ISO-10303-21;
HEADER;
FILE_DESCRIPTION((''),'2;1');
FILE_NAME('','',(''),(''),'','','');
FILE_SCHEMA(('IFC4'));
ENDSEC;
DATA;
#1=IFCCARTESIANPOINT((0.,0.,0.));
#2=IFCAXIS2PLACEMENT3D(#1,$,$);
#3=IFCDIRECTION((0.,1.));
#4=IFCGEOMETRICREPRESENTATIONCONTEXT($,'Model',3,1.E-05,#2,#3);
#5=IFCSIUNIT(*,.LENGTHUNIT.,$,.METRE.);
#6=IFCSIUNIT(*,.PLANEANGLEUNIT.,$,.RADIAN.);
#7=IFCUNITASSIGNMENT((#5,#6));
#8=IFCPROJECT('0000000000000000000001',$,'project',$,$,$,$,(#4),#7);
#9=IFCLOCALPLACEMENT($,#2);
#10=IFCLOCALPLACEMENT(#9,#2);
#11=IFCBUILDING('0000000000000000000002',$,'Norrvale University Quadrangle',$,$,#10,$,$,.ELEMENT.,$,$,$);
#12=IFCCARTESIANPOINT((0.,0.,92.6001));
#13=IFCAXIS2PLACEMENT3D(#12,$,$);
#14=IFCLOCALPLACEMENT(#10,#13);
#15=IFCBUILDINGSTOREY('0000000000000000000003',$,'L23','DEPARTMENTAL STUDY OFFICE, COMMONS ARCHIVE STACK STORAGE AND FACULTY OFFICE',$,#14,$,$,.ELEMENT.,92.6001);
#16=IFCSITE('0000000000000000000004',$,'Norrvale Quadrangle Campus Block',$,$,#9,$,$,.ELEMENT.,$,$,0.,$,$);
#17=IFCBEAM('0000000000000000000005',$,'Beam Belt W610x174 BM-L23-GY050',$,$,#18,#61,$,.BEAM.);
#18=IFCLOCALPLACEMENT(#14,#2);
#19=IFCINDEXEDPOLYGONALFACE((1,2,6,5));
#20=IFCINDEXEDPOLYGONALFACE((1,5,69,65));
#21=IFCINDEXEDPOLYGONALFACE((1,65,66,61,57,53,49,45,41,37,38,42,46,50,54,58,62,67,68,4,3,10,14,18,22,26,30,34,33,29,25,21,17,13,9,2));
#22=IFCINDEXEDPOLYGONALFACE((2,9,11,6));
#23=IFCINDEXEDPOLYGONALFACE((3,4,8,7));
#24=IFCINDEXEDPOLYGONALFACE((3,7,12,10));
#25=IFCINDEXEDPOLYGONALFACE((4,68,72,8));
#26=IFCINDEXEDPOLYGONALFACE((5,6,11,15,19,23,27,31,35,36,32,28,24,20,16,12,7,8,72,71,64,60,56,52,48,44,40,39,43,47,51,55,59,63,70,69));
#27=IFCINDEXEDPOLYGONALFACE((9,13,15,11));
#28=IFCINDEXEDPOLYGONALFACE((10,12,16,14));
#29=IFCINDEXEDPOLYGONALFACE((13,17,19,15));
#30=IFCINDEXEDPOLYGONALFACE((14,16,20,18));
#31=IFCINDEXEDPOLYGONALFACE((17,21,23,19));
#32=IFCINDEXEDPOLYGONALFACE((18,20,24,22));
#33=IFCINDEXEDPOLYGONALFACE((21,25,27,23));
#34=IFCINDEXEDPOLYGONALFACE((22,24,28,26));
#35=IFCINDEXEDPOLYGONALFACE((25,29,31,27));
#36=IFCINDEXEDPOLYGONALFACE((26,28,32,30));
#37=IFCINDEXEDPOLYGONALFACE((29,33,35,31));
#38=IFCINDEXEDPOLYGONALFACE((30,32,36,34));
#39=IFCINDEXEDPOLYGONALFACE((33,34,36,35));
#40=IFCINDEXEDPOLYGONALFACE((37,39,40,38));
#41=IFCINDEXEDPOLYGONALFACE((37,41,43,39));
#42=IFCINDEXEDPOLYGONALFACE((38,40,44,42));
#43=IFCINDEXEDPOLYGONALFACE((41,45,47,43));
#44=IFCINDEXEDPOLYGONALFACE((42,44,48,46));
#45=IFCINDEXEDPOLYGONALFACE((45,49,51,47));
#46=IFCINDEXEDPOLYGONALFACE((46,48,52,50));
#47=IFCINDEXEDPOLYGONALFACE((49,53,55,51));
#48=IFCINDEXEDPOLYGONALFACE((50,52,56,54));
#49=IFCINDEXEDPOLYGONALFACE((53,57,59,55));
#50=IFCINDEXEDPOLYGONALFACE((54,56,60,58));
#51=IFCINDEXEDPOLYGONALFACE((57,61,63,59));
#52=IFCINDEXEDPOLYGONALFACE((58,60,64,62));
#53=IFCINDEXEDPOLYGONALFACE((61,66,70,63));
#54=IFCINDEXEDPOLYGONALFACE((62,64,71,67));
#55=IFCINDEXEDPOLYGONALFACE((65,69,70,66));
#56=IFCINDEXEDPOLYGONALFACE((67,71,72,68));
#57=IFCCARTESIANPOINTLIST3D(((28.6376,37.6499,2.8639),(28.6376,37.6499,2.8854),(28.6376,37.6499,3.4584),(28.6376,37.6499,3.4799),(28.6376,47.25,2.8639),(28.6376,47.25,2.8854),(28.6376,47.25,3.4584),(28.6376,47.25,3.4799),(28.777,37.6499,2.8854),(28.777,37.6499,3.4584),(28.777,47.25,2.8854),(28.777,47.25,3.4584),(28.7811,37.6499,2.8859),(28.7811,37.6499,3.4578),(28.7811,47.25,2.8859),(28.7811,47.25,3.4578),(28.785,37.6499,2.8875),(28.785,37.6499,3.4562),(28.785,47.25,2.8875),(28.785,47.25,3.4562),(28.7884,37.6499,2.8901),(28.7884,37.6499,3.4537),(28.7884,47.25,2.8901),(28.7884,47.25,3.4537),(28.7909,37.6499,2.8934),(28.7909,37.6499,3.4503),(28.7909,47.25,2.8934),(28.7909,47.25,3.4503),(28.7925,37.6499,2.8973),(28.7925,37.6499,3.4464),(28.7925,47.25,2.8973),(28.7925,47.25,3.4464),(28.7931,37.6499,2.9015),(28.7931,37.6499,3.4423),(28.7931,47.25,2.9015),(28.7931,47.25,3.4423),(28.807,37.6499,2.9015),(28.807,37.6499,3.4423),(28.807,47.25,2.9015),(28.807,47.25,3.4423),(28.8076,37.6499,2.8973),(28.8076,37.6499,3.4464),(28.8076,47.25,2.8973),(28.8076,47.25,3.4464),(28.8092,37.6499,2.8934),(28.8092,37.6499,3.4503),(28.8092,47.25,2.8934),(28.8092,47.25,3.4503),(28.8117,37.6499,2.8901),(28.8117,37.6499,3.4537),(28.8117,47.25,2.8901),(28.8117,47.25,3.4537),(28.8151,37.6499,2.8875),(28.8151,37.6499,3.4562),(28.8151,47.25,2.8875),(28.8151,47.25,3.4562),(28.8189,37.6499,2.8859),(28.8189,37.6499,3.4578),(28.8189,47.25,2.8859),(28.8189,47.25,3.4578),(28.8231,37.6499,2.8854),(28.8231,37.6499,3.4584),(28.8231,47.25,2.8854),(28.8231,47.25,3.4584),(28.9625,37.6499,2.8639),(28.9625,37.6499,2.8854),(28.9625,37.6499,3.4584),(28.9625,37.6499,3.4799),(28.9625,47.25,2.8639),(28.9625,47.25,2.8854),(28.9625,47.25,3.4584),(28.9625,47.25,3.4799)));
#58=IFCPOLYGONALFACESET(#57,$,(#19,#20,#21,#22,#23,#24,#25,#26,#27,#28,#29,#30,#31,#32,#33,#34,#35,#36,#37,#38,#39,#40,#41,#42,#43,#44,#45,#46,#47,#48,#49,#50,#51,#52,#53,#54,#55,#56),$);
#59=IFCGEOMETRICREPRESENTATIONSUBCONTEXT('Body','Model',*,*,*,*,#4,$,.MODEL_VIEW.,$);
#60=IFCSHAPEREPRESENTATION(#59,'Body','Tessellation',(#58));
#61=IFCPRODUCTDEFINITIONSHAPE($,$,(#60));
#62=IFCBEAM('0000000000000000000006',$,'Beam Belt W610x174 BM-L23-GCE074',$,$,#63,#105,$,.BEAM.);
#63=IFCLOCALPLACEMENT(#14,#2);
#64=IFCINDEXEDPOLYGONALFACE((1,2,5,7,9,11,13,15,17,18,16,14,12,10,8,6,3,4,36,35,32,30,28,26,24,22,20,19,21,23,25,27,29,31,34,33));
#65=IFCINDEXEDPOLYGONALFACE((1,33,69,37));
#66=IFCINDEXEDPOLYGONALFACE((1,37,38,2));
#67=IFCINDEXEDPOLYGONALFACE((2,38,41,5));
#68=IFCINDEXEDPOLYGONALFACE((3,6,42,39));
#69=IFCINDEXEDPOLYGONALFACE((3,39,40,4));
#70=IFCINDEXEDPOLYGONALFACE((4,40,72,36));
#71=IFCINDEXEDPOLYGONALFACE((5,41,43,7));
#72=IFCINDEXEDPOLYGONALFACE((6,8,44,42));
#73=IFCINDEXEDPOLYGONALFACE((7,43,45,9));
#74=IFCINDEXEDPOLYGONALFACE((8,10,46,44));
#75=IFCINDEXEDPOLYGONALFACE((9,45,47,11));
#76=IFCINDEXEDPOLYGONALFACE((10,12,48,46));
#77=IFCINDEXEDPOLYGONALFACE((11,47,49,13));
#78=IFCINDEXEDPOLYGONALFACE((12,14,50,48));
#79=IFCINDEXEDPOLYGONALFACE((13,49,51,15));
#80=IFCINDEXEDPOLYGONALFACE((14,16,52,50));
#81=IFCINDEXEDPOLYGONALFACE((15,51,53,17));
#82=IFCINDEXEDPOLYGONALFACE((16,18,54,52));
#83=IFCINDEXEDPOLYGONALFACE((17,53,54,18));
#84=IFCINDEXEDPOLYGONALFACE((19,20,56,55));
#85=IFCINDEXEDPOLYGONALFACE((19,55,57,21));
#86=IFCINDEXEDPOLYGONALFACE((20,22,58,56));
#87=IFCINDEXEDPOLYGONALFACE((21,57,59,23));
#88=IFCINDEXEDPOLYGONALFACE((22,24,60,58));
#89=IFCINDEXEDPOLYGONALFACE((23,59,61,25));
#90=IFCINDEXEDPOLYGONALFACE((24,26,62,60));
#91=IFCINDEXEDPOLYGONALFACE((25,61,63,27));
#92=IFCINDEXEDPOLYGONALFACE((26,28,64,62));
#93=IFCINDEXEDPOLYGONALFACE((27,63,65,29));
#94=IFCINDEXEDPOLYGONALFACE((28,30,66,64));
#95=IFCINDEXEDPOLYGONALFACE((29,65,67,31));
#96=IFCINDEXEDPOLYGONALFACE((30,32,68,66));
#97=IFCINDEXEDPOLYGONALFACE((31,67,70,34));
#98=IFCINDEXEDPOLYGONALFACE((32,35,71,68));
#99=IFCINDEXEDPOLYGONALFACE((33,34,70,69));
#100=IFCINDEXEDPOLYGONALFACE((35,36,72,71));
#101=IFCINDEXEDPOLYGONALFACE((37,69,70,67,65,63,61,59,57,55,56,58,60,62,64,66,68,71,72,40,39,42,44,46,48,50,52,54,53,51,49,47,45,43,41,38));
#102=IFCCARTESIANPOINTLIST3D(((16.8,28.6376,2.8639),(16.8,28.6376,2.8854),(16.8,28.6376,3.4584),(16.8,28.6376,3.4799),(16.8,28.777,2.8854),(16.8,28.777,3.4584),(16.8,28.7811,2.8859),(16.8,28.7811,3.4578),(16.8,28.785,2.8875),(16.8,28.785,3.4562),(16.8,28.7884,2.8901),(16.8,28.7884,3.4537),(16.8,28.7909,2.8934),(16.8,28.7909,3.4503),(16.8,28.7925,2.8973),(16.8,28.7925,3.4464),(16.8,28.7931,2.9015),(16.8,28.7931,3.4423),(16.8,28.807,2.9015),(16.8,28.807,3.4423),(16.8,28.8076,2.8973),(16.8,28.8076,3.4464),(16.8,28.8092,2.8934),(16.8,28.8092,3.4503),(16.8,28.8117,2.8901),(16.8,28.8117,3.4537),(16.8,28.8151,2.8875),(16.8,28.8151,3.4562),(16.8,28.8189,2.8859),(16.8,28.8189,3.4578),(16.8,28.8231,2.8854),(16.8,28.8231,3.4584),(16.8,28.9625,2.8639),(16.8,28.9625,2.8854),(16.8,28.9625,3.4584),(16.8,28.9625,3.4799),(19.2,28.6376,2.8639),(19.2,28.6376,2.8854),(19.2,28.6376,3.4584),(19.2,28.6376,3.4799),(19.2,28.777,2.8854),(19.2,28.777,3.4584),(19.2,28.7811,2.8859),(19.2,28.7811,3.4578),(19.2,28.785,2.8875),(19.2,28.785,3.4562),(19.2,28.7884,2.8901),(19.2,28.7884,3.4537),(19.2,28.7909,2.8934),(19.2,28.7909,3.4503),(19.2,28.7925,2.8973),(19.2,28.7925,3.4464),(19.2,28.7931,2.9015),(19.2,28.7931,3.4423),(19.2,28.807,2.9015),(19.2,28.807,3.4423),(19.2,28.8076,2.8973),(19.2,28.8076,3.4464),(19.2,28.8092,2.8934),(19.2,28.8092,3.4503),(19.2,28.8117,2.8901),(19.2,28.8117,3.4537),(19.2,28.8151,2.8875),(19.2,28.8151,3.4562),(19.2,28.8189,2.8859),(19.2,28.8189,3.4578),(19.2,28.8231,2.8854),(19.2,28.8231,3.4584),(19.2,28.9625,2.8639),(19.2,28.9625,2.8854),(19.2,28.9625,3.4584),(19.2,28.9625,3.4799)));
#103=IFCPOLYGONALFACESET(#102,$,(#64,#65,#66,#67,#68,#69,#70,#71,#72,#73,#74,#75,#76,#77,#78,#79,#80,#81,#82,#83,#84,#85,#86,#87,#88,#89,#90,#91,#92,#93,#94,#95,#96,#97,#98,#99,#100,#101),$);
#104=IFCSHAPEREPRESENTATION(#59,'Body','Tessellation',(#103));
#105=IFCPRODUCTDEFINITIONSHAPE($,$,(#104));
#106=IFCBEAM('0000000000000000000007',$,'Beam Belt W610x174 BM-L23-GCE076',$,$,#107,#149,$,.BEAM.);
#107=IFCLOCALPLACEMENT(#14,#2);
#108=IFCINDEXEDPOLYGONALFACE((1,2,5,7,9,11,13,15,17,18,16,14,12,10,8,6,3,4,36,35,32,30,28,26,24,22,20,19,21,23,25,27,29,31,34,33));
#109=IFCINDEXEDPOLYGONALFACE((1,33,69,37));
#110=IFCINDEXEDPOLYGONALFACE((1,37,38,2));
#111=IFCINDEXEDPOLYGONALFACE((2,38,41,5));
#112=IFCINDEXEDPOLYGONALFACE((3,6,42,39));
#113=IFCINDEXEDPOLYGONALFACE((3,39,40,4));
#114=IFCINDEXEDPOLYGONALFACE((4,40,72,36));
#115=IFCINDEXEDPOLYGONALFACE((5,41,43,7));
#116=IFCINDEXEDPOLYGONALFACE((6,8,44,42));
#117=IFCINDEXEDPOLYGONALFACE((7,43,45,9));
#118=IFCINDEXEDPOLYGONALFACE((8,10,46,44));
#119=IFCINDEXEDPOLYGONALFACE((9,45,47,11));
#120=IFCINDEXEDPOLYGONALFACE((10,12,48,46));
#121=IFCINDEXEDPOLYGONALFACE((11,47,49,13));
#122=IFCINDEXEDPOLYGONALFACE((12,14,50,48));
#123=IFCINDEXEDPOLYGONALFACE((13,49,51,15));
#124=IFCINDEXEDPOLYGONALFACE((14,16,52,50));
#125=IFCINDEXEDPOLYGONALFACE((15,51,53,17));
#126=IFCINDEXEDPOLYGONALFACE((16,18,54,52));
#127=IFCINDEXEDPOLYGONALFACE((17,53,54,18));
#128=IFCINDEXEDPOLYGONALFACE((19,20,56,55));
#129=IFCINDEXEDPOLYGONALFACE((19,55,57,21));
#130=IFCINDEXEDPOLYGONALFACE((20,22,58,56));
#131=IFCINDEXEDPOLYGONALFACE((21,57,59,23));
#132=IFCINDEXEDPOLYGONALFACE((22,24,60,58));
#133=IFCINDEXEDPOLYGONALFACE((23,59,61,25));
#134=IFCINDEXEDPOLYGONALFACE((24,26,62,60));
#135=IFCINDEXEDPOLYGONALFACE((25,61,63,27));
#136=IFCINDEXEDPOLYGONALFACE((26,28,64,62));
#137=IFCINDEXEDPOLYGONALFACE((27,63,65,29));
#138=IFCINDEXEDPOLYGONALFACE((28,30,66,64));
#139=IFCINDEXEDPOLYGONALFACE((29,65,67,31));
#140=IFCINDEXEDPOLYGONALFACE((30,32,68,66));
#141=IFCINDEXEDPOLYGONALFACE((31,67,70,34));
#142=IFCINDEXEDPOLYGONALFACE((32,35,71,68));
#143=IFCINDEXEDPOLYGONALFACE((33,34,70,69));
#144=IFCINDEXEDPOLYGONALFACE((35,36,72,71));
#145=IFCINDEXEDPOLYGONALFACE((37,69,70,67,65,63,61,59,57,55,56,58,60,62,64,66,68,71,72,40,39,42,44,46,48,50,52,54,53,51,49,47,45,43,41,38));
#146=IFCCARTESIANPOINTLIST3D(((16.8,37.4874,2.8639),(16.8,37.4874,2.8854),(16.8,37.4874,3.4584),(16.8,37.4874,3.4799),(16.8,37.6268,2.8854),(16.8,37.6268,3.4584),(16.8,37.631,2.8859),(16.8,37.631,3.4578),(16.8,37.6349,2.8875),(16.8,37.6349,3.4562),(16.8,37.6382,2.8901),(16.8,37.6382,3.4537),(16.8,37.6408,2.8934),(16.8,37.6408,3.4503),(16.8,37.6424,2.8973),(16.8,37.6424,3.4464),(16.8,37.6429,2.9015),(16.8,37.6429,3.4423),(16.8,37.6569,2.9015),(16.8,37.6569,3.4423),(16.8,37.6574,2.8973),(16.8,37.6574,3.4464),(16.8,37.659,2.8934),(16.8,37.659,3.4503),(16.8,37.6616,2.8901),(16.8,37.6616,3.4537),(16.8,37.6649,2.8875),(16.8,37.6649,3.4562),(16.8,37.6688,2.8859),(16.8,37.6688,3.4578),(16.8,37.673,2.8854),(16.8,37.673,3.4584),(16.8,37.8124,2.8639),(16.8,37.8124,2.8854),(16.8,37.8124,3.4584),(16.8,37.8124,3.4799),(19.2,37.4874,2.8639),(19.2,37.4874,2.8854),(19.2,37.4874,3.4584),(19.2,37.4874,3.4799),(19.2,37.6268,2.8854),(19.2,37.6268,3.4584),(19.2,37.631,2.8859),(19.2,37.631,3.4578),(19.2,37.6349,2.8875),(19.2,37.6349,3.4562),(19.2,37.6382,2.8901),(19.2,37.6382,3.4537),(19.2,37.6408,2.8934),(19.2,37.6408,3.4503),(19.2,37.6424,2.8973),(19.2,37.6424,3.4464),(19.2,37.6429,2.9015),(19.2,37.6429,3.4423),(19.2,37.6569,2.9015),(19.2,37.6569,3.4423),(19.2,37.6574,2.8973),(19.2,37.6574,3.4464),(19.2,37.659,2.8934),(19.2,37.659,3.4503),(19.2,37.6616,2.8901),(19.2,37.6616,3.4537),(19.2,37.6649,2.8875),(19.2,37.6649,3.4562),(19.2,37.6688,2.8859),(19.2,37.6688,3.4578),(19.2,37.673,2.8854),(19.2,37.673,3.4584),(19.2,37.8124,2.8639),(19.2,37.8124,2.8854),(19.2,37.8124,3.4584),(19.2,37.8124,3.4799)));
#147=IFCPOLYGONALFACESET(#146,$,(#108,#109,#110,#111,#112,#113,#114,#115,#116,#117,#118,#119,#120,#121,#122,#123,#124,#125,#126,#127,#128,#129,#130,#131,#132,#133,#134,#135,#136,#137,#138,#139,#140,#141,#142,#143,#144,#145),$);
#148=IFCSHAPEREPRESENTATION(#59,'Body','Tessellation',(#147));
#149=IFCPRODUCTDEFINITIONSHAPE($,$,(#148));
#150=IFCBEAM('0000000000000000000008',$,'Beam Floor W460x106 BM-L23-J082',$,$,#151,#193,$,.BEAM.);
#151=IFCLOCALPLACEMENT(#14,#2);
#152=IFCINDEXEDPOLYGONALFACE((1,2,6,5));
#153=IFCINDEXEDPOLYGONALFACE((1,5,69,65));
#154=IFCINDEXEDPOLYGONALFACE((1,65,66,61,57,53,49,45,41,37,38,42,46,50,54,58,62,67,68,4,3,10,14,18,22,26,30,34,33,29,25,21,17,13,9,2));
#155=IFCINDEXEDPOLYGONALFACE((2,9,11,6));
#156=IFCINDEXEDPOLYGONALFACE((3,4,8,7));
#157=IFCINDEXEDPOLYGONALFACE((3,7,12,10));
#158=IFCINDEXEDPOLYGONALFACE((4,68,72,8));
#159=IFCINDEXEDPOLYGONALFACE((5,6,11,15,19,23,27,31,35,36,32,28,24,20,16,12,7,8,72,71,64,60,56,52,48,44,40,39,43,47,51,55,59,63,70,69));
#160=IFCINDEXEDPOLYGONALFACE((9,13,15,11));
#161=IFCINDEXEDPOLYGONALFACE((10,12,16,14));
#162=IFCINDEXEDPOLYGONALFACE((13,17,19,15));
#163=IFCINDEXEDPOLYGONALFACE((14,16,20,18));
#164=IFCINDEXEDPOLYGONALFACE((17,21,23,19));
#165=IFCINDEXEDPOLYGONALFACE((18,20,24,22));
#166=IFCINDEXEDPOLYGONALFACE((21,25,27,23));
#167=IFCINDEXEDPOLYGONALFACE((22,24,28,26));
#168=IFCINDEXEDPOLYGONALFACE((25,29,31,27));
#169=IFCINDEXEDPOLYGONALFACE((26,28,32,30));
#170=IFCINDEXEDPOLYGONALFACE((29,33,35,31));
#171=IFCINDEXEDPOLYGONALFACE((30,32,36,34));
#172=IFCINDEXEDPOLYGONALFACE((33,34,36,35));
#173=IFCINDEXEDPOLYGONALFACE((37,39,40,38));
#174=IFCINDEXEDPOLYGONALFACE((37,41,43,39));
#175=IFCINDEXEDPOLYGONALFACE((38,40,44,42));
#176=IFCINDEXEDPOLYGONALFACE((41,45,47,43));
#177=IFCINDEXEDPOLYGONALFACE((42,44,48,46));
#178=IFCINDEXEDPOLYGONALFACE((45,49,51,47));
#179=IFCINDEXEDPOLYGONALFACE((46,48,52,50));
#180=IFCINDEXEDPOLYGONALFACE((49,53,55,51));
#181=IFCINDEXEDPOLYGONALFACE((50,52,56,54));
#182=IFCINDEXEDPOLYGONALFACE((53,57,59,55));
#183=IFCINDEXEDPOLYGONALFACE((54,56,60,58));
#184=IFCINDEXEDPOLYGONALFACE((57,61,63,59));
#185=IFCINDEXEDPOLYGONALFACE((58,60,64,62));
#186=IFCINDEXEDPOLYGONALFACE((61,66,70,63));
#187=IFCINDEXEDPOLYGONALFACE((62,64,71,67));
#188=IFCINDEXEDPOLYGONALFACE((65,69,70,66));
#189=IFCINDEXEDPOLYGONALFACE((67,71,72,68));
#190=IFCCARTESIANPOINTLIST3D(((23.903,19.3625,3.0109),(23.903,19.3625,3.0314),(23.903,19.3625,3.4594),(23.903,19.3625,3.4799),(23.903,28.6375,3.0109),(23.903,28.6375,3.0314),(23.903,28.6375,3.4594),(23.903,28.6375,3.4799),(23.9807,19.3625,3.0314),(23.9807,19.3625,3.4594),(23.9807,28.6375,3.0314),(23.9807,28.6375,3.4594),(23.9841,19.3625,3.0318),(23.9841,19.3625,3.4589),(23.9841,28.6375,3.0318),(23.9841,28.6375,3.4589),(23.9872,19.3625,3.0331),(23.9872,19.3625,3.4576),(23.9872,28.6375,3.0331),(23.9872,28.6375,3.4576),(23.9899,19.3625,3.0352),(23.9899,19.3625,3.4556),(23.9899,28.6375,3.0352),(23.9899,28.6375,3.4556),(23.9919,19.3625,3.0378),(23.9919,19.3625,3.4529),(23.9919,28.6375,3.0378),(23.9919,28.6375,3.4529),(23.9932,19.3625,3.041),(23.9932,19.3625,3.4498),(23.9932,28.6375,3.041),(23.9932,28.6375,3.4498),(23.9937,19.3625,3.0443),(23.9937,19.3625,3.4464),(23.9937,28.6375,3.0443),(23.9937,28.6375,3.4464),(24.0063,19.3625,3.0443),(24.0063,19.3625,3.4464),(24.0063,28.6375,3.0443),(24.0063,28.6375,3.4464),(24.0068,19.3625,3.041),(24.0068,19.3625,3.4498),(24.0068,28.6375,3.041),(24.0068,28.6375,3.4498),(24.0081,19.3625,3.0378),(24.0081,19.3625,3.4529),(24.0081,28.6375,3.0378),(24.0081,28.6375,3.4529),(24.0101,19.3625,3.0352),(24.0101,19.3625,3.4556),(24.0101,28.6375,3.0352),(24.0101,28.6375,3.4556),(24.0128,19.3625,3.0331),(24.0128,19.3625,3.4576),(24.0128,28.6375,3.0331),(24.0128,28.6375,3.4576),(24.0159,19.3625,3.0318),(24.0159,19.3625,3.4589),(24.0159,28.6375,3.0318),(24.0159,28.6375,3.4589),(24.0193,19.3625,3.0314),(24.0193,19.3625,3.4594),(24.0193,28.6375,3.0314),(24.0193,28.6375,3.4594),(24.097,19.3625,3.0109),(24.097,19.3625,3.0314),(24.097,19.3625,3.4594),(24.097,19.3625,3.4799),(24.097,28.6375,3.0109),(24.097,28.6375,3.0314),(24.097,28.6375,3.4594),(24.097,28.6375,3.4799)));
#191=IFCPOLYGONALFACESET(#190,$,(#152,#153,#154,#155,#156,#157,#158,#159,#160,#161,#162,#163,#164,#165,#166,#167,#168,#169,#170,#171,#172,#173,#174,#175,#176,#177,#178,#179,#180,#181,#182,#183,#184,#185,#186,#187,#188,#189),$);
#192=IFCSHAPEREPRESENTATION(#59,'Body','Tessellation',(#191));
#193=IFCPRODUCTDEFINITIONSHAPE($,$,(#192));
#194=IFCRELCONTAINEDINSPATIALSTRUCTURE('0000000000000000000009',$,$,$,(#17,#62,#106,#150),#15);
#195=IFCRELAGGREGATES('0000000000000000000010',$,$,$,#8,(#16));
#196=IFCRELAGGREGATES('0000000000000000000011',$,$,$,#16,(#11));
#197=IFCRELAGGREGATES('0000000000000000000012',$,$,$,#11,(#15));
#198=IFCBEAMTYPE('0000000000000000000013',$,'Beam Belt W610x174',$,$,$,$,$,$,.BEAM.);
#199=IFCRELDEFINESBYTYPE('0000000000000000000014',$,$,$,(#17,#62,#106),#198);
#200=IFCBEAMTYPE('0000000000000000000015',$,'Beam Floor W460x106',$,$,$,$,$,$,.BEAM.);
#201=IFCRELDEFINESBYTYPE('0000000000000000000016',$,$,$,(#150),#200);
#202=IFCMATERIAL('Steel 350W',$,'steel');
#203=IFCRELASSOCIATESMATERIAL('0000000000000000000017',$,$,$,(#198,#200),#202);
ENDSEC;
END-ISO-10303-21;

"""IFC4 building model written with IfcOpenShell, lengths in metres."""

from ifc_helpers import new_model, si_unit, direction, frame, origin, origin_2d, place, context, subcontext, project, spatial, i_section, extrude, material, material_profile, profile_set, type_object, element, save


model = new_model("IFC4")

# Units and contexts
model_context = context("Model", 3, precision=1e-05, world=origin(), true_north=direction((0.0, 1.0)))
body_context = subcontext(model_context, "Body", "Model", "MODEL_VIEW")
ifc_project = project(units=[si_unit("LENGTHUNIT", "METRE"), si_unit("PLANEANGLEUNIT", "RADIAN")], contexts=[model_context])

# Site, building, storey
site_placement = place(None, origin())
site = spatial("IfcSite", under=ifc_project, at=site_placement, Name="Norrvale Quadrangle Campus Block", CompositionType="ELEMENT", RefElevation=0.0)
building_placement = place(site_placement, origin())
building = spatial("IfcBuilding", under=site, at=building_placement, Name="Norrvale University Quadrangle", CompositionType="ELEMENT")
storey_placement = place(building_placement, frame((0.0, 0.0, 92.6001)))
storey = spatial("IfcBuildingStorey", under=building, at=storey_placement, Name="L23", Description="DEPARTMENTAL STUDY OFFICE, COMMONS ARCHIVE STACK STORAGE AND FACULTY OFFICE", CompositionType="ELEMENT", Elevation=92.6001)

# Beams
ifc_material_1 = material(Name="Steel 350W", Category="steel")
ifc_material_profile_1 = material_profile(ifc_material_1, i_section(OverallWidth=0.325, OverallDepth=0.616, WebThickness=0.0139, FlangeThickness=0.0215, FilletRadius=0.0161, at=origin_2d()), Name="Steel 350W")
ifc_profile_set_1 = profile_set([ifc_material_profile_1], Name="Steel 350W")
beam_type_1 = type_object("IfcBeamType", Name="Beam Belt W610x174", PredefinedType="BEAM", material=ifc_profile_set_1)
beam_1_placement = place(storey_placement, frame((28.8, 37.6499, 3.1719), z_axis=(0.0, 1.0, 0.0), x_axis=(-1.0, 0.0, 0.0)))
element("IfcBeam", 1, at=beam_1_placement, inside=storey, type_object=beam_type_1, Name="Beam Belt W610x174 BM-L23-GY050", PredefinedType="BEAM", context=body_context, shape_type="SweptSolid", body=[
    extrude(i_section(OverallWidth=0.325, OverallDepth=0.616, WebThickness=0.0139, FlangeThickness=0.0215, FilletRadius=0.0161, at=origin_2d()), origin(), (0.0, 0.0, 1.0), 9.6001),
])
for number, where, z_axis, x_axis, name in (
    (2, (16.8, 28.8, 3.1719), (1.0, 0.0, 0.0), (0.0, 1.0, 0.0), "Beam Belt W610x174 BM-L23-GCE074"),
    (3, (16.8, 37.6499, 3.1719), (1.0, 0.0, 0.0), (0.0, 1.0, 0.0), "Beam Belt W610x174 BM-L23-GCE076"),
):
    element("IfcBeam", number, at=place(storey_placement, frame(where, z_axis=z_axis, x_axis=x_axis)), inside=storey, type_object=beam_type_1, Name=name, PredefinedType="BEAM", context=body_context, shape_type="SweptSolid", body=[
        extrude(i_section(OverallWidth=0.325, OverallDepth=0.616, WebThickness=0.0139, FlangeThickness=0.0215, FilletRadius=0.0161, at=origin_2d()), origin(), (0.0, 0.0, 1.0), 2.3999),
    ])
ifc_material_profile_2 = material_profile(ifc_material_1, i_section(OverallWidth=0.1941, OverallDepth=0.469, WebThickness=0.0127, FlangeThickness=0.0205, FilletRadius=0.0129, at=origin_2d()), Name="Steel 350W")
ifc_profile_set_2 = profile_set([ifc_material_profile_2], Name="Steel 350W")
beam_type_2 = type_object("IfcBeamType", Name="Beam Floor W460x106", PredefinedType="BEAM", material=ifc_profile_set_2)
beam_2_placement = place(storey_placement, frame((24.0, 19.3625, 3.2454), z_axis=(0.0, 1.0, 0.0), x_axis=(-1.0, 0.0, 0.0)))
element("IfcBeam", 4, at=beam_2_placement, inside=storey, type_object=beam_type_2, Name="Beam Floor W460x106 BM-L23-J082", PredefinedType="BEAM", context=body_context, shape_type="SweptSolid", body=[
    extrude(i_section(OverallWidth=0.1941, OverallDepth=0.469, WebThickness=0.0127, FlangeThickness=0.0205, FilletRadius=0.0129, at=origin_2d()), origin(), (0.0, 0.0, 1.0), 9.2749),
])

save(model, "model.ifc")
